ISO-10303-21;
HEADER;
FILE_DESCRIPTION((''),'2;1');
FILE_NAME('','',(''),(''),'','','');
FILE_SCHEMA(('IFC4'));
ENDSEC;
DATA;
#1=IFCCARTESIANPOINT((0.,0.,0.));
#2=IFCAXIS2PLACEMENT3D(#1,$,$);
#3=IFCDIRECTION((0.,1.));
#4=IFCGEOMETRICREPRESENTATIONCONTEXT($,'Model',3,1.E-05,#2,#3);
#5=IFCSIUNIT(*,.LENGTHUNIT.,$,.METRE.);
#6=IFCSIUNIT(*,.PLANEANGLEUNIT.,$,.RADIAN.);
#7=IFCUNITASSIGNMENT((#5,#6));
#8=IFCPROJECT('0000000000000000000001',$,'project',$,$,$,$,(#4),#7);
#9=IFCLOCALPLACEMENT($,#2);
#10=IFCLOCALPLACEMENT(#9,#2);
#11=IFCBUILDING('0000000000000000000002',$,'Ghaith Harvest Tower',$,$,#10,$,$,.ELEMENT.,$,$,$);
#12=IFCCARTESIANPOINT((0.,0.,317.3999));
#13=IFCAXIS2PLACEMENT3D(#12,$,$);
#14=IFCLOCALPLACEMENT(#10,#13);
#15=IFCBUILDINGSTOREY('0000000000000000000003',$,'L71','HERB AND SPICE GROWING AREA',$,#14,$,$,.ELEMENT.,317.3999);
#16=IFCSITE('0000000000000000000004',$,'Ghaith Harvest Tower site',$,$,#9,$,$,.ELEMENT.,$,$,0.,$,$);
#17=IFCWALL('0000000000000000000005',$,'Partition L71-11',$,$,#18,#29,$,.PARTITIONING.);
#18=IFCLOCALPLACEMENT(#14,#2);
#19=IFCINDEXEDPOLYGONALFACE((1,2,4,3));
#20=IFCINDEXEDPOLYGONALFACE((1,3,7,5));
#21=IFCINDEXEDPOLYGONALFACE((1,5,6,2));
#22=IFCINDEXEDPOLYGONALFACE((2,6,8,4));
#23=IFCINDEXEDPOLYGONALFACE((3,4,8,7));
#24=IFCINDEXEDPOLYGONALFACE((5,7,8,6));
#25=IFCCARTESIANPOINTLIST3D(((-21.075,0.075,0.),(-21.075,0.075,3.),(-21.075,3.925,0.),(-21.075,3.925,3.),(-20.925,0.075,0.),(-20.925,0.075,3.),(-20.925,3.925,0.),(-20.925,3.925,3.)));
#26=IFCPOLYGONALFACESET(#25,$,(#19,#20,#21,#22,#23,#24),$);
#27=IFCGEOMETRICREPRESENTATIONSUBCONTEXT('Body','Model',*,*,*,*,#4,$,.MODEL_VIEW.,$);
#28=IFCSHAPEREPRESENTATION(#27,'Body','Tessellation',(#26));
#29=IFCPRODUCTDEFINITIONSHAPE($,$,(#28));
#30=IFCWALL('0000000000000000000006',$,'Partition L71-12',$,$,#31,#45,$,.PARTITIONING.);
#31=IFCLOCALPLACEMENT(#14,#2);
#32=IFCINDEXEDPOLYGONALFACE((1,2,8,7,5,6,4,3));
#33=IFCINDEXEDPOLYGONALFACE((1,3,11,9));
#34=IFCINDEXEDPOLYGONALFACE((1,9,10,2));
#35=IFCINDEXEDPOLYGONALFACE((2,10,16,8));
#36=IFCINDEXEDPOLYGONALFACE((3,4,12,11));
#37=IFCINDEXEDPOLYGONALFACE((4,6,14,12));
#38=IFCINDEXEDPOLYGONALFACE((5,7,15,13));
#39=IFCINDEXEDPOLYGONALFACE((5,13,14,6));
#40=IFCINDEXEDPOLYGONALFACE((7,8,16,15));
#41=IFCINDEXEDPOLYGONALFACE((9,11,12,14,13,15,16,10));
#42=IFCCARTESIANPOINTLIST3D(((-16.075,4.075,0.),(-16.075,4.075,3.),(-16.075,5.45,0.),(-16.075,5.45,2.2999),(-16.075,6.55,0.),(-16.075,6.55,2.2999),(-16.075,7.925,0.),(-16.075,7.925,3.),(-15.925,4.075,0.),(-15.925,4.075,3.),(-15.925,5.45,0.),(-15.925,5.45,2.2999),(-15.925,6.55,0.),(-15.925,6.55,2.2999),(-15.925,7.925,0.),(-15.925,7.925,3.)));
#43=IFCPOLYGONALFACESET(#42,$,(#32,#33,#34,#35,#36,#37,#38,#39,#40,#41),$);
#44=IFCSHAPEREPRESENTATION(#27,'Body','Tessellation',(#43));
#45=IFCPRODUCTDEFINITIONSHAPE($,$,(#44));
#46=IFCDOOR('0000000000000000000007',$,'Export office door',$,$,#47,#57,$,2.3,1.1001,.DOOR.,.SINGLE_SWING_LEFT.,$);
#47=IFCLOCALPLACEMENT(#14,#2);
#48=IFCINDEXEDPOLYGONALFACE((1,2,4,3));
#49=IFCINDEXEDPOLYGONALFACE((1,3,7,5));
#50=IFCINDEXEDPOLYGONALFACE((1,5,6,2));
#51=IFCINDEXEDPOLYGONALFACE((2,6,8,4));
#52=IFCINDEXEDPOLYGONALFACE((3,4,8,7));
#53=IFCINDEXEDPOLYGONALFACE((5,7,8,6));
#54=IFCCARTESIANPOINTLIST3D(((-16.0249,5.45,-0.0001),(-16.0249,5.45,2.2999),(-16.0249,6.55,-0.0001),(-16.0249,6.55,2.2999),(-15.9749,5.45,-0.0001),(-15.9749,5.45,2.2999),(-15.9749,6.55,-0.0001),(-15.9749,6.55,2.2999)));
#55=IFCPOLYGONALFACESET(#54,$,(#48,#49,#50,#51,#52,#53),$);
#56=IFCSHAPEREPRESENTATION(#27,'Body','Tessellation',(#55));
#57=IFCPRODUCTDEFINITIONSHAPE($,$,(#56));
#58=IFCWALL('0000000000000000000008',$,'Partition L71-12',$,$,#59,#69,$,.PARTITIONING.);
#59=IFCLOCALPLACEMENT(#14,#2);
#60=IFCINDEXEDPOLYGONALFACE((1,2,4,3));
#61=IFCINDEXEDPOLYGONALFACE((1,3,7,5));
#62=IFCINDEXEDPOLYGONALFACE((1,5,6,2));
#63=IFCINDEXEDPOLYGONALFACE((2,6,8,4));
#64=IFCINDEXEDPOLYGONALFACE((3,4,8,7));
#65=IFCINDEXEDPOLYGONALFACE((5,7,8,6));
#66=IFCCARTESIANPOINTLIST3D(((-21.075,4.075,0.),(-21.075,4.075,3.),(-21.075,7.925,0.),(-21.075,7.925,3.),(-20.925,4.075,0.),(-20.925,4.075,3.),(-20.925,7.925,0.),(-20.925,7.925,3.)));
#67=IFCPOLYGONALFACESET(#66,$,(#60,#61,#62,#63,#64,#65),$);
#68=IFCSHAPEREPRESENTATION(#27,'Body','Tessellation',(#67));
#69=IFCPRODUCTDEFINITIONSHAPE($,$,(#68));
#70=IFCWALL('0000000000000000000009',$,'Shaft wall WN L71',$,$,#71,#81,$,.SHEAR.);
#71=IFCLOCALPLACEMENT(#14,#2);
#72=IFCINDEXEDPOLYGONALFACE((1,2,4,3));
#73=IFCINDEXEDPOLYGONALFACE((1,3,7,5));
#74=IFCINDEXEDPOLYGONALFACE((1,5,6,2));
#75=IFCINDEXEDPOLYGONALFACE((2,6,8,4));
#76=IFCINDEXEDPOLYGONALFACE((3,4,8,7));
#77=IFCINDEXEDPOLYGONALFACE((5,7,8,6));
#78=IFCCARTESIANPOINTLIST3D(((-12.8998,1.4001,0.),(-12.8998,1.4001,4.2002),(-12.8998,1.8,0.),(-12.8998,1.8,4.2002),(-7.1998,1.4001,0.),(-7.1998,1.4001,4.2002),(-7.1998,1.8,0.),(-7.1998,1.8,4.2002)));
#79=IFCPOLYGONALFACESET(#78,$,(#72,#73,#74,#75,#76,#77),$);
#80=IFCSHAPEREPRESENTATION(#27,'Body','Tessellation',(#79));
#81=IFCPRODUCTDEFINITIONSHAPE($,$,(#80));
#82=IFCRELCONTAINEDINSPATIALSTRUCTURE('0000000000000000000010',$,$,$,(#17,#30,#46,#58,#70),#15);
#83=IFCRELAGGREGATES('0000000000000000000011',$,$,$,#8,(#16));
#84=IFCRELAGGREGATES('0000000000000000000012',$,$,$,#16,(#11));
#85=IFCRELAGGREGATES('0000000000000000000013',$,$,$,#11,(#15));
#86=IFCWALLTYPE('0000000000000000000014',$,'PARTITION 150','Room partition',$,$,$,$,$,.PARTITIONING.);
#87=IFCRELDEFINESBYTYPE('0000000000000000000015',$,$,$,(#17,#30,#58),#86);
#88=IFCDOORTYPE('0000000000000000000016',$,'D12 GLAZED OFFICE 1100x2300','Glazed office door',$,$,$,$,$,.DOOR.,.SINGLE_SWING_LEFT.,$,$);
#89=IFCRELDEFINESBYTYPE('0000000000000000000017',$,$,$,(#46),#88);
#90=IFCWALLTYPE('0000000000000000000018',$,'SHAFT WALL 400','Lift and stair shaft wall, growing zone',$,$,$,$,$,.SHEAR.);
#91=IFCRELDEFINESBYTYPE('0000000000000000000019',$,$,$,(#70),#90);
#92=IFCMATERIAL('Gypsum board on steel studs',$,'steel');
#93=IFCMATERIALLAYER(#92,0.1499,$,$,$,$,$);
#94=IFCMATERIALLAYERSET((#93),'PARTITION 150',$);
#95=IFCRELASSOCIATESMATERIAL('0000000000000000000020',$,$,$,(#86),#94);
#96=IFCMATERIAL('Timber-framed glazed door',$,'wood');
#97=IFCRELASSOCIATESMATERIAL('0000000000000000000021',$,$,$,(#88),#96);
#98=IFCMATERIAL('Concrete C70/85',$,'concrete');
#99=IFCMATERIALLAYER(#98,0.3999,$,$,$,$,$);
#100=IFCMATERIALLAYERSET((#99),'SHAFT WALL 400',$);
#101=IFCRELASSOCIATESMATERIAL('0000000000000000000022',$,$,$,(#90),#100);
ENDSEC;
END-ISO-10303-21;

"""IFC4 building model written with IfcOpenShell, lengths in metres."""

from ifc_helpers import new_model, si_unit, direction, frame, frame_2d, origin, place, context, subcontext, project, spatial, rectangle, extrude, material, layer, layer_set, type_object, element, fill, save


model = new_model("IFC4")

# Units and contexts
model_context = context("Model", 3, precision=1e-05, world=origin(), true_north=direction((0.0, 1.0)))
body_context = subcontext(model_context, "Body", "Model", "MODEL_VIEW")
ifc_project = project(units=[si_unit("LENGTHUNIT", "METRE"), si_unit("PLANEANGLEUNIT", "RADIAN")], contexts=[model_context])

# Site, building, storey
site_placement = place(None, origin())
site = spatial("IfcSite", under=ifc_project, at=site_placement, Name="Ghaith Harvest Tower site", CompositionType="ELEMENT", RefElevation=0.0)
building_placement = place(site_placement, origin())
building = spatial("IfcBuilding", under=site, at=building_placement, Name="Ghaith Harvest Tower", CompositionType="ELEMENT")
storey_placement = place(building_placement, frame((0.0, 0.0, 317.3999)))
storey = spatial("IfcBuildingStorey", under=building, at=storey_placement, Name="L71", Description="HERB AND SPICE GROWING AREA", CompositionType="ELEMENT", Elevation=317.3999)

# Shared definitions
ifc_material_1 = material(Name="Gypsum board on steel studs", Category="steel")
ifc_layer_1 = layer(ifc_material_1, 0.1499)
ifc_layer_set_1 = layer_set([ifc_layer_1], Name="PARTITION 150")
wall_type_1 = type_object("IfcWallType", Name="PARTITION 150", Description="Room partition", PredefinedType="PARTITIONING", material=ifc_layer_set_1)

# Wall
wall_1_placement = place(storey_placement, frame((-21.0, 0.075, 0.0), z_axis=(0.0, 0.0, 1.0), x_axis=(0.0, 1.0, 0.0)))
element("IfcWall", 1, at=wall_1_placement, inside=storey, type_object=wall_type_1, Name="Partition L71-11", PredefinedType="PARTITIONING", context=body_context, shape_type="SweptSolid", body=[
    extrude(rectangle(XDim=3.8501, YDim=0.1499, at=frame_2d((1.925, 0.0))), origin(), (0.0, 0.0, 1.0), 3.0),
])

# Wall, opening, door
wall_2_placement = place(storey_placement, frame((-16.0, 4.075, 0.0), z_axis=(0.0, 0.0, 1.0), x_axis=(0.0, 1.0, 0.0)))
wall_2 = element("IfcWall", 2, at=wall_2_placement, inside=storey, type_object=wall_type_1, Name="Partition L71-12", PredefinedType="PARTITIONING", context=body_context, shape_type="SweptSolid", body=[
    extrude(rectangle(XDim=3.8501, YDim=0.1499, at=frame_2d((1.925, 0.0))), origin(), (0.0, 0.0, 1.0), 3.0),
])
opening_1_placement = place(wall_2_placement, frame((1.375, 0.0, 0.0)))
opening_1 = element("IfcOpeningElement", 3, at=opening_1_placement, cuts=wall_2, PredefinedType="OPENING", context=body_context, shape_type="SweptSolid", body=[
    extrude(rectangle(XDim=1.1001, YDim=2.3, at=frame_2d((0.55, 1.1499))), frame((0.0, 0.085, 0.0), z_axis=(0.0, -1.0, 0.0), x_axis=(1.0, 0.0, 0.0)), (0.0, 0.0, 1.0), 0.1699),
])
ifc_material_2 = material(Name="Timber-framed glazed door", Category="wood")
door_type_1 = type_object("IfcDoorType", Name="D12 GLAZED OFFICE 1100x2300", Description="Glazed office door", OperationType="SINGLE_SWING_LEFT", PredefinedType="DOOR", material=ifc_material_2)
door_1_placement = place(opening_1_placement, origin())
door_1 = element("IfcDoor", 4, at=door_1_placement, inside=storey, type_object=door_type_1, Name="Export office door", OperationType="SINGLE_SWING_LEFT", OverallHeight=2.3, OverallWidth=1.1001, PredefinedType="DOOR", context=body_context, shape_type="SweptSolid", body=[
    extrude(rectangle(XDim=1.1001, YDim=2.3, at=frame_2d((0.55, 1.1499))), frame((0.0, 0.0249, 0.0), z_axis=(0.0, -1.0, 0.0), x_axis=(1.0, 0.0, 0.0)), (0.0, 0.0, 1.0), 0.05),
])
fill(opening_1, door_1)

# Walls
wall_3_placement = place(storey_placement, frame((-21.0, 4.075, 0.0), z_axis=(0.0, 0.0, 1.0), x_axis=(0.0, 1.0, 0.0)))
element("IfcWall", 5, at=wall_3_placement, inside=storey, type_object=wall_type_1, Name="Partition L71-12", PredefinedType="PARTITIONING", context=body_context, shape_type="SweptSolid", body=[
    extrude(rectangle(XDim=3.8501, YDim=0.1499, at=frame_2d((1.925, 0.0))), origin(), (0.0, 0.0, 1.0), 3.0),
])
ifc_material_3 = material(Name="Concrete C70/85", Category="concrete")
ifc_layer_2 = layer(ifc_material_3, 0.3999)
ifc_layer_set_2 = layer_set([ifc_layer_2], Name="SHAFT WALL 400")
wall_type_2 = type_object("IfcWallType", Name="SHAFT WALL 400", Description="Lift and stair shaft wall, growing zone", PredefinedType="SHEAR", material=ifc_layer_set_2)
wall_4_placement = place(storey_placement, frame((-12.8999, 1.6001, 0.0), z_axis=(0.0, 0.0, 1.0), x_axis=(1.0, 0.0, 0.0)))
element("IfcWall", 6, at=wall_4_placement, inside=storey, type_object=wall_type_2, Name="Shaft wall WN L71", PredefinedType="SHEAR", context=body_context, shape_type="SweptSolid", body=[
    extrude(rectangle(XDim=5.7, YDim=0.3999, at=frame_2d((2.8501, 0.0))), origin(), (0.0, 0.0, 1.0), 4.2002),
])

save(model, "model.ifc")
